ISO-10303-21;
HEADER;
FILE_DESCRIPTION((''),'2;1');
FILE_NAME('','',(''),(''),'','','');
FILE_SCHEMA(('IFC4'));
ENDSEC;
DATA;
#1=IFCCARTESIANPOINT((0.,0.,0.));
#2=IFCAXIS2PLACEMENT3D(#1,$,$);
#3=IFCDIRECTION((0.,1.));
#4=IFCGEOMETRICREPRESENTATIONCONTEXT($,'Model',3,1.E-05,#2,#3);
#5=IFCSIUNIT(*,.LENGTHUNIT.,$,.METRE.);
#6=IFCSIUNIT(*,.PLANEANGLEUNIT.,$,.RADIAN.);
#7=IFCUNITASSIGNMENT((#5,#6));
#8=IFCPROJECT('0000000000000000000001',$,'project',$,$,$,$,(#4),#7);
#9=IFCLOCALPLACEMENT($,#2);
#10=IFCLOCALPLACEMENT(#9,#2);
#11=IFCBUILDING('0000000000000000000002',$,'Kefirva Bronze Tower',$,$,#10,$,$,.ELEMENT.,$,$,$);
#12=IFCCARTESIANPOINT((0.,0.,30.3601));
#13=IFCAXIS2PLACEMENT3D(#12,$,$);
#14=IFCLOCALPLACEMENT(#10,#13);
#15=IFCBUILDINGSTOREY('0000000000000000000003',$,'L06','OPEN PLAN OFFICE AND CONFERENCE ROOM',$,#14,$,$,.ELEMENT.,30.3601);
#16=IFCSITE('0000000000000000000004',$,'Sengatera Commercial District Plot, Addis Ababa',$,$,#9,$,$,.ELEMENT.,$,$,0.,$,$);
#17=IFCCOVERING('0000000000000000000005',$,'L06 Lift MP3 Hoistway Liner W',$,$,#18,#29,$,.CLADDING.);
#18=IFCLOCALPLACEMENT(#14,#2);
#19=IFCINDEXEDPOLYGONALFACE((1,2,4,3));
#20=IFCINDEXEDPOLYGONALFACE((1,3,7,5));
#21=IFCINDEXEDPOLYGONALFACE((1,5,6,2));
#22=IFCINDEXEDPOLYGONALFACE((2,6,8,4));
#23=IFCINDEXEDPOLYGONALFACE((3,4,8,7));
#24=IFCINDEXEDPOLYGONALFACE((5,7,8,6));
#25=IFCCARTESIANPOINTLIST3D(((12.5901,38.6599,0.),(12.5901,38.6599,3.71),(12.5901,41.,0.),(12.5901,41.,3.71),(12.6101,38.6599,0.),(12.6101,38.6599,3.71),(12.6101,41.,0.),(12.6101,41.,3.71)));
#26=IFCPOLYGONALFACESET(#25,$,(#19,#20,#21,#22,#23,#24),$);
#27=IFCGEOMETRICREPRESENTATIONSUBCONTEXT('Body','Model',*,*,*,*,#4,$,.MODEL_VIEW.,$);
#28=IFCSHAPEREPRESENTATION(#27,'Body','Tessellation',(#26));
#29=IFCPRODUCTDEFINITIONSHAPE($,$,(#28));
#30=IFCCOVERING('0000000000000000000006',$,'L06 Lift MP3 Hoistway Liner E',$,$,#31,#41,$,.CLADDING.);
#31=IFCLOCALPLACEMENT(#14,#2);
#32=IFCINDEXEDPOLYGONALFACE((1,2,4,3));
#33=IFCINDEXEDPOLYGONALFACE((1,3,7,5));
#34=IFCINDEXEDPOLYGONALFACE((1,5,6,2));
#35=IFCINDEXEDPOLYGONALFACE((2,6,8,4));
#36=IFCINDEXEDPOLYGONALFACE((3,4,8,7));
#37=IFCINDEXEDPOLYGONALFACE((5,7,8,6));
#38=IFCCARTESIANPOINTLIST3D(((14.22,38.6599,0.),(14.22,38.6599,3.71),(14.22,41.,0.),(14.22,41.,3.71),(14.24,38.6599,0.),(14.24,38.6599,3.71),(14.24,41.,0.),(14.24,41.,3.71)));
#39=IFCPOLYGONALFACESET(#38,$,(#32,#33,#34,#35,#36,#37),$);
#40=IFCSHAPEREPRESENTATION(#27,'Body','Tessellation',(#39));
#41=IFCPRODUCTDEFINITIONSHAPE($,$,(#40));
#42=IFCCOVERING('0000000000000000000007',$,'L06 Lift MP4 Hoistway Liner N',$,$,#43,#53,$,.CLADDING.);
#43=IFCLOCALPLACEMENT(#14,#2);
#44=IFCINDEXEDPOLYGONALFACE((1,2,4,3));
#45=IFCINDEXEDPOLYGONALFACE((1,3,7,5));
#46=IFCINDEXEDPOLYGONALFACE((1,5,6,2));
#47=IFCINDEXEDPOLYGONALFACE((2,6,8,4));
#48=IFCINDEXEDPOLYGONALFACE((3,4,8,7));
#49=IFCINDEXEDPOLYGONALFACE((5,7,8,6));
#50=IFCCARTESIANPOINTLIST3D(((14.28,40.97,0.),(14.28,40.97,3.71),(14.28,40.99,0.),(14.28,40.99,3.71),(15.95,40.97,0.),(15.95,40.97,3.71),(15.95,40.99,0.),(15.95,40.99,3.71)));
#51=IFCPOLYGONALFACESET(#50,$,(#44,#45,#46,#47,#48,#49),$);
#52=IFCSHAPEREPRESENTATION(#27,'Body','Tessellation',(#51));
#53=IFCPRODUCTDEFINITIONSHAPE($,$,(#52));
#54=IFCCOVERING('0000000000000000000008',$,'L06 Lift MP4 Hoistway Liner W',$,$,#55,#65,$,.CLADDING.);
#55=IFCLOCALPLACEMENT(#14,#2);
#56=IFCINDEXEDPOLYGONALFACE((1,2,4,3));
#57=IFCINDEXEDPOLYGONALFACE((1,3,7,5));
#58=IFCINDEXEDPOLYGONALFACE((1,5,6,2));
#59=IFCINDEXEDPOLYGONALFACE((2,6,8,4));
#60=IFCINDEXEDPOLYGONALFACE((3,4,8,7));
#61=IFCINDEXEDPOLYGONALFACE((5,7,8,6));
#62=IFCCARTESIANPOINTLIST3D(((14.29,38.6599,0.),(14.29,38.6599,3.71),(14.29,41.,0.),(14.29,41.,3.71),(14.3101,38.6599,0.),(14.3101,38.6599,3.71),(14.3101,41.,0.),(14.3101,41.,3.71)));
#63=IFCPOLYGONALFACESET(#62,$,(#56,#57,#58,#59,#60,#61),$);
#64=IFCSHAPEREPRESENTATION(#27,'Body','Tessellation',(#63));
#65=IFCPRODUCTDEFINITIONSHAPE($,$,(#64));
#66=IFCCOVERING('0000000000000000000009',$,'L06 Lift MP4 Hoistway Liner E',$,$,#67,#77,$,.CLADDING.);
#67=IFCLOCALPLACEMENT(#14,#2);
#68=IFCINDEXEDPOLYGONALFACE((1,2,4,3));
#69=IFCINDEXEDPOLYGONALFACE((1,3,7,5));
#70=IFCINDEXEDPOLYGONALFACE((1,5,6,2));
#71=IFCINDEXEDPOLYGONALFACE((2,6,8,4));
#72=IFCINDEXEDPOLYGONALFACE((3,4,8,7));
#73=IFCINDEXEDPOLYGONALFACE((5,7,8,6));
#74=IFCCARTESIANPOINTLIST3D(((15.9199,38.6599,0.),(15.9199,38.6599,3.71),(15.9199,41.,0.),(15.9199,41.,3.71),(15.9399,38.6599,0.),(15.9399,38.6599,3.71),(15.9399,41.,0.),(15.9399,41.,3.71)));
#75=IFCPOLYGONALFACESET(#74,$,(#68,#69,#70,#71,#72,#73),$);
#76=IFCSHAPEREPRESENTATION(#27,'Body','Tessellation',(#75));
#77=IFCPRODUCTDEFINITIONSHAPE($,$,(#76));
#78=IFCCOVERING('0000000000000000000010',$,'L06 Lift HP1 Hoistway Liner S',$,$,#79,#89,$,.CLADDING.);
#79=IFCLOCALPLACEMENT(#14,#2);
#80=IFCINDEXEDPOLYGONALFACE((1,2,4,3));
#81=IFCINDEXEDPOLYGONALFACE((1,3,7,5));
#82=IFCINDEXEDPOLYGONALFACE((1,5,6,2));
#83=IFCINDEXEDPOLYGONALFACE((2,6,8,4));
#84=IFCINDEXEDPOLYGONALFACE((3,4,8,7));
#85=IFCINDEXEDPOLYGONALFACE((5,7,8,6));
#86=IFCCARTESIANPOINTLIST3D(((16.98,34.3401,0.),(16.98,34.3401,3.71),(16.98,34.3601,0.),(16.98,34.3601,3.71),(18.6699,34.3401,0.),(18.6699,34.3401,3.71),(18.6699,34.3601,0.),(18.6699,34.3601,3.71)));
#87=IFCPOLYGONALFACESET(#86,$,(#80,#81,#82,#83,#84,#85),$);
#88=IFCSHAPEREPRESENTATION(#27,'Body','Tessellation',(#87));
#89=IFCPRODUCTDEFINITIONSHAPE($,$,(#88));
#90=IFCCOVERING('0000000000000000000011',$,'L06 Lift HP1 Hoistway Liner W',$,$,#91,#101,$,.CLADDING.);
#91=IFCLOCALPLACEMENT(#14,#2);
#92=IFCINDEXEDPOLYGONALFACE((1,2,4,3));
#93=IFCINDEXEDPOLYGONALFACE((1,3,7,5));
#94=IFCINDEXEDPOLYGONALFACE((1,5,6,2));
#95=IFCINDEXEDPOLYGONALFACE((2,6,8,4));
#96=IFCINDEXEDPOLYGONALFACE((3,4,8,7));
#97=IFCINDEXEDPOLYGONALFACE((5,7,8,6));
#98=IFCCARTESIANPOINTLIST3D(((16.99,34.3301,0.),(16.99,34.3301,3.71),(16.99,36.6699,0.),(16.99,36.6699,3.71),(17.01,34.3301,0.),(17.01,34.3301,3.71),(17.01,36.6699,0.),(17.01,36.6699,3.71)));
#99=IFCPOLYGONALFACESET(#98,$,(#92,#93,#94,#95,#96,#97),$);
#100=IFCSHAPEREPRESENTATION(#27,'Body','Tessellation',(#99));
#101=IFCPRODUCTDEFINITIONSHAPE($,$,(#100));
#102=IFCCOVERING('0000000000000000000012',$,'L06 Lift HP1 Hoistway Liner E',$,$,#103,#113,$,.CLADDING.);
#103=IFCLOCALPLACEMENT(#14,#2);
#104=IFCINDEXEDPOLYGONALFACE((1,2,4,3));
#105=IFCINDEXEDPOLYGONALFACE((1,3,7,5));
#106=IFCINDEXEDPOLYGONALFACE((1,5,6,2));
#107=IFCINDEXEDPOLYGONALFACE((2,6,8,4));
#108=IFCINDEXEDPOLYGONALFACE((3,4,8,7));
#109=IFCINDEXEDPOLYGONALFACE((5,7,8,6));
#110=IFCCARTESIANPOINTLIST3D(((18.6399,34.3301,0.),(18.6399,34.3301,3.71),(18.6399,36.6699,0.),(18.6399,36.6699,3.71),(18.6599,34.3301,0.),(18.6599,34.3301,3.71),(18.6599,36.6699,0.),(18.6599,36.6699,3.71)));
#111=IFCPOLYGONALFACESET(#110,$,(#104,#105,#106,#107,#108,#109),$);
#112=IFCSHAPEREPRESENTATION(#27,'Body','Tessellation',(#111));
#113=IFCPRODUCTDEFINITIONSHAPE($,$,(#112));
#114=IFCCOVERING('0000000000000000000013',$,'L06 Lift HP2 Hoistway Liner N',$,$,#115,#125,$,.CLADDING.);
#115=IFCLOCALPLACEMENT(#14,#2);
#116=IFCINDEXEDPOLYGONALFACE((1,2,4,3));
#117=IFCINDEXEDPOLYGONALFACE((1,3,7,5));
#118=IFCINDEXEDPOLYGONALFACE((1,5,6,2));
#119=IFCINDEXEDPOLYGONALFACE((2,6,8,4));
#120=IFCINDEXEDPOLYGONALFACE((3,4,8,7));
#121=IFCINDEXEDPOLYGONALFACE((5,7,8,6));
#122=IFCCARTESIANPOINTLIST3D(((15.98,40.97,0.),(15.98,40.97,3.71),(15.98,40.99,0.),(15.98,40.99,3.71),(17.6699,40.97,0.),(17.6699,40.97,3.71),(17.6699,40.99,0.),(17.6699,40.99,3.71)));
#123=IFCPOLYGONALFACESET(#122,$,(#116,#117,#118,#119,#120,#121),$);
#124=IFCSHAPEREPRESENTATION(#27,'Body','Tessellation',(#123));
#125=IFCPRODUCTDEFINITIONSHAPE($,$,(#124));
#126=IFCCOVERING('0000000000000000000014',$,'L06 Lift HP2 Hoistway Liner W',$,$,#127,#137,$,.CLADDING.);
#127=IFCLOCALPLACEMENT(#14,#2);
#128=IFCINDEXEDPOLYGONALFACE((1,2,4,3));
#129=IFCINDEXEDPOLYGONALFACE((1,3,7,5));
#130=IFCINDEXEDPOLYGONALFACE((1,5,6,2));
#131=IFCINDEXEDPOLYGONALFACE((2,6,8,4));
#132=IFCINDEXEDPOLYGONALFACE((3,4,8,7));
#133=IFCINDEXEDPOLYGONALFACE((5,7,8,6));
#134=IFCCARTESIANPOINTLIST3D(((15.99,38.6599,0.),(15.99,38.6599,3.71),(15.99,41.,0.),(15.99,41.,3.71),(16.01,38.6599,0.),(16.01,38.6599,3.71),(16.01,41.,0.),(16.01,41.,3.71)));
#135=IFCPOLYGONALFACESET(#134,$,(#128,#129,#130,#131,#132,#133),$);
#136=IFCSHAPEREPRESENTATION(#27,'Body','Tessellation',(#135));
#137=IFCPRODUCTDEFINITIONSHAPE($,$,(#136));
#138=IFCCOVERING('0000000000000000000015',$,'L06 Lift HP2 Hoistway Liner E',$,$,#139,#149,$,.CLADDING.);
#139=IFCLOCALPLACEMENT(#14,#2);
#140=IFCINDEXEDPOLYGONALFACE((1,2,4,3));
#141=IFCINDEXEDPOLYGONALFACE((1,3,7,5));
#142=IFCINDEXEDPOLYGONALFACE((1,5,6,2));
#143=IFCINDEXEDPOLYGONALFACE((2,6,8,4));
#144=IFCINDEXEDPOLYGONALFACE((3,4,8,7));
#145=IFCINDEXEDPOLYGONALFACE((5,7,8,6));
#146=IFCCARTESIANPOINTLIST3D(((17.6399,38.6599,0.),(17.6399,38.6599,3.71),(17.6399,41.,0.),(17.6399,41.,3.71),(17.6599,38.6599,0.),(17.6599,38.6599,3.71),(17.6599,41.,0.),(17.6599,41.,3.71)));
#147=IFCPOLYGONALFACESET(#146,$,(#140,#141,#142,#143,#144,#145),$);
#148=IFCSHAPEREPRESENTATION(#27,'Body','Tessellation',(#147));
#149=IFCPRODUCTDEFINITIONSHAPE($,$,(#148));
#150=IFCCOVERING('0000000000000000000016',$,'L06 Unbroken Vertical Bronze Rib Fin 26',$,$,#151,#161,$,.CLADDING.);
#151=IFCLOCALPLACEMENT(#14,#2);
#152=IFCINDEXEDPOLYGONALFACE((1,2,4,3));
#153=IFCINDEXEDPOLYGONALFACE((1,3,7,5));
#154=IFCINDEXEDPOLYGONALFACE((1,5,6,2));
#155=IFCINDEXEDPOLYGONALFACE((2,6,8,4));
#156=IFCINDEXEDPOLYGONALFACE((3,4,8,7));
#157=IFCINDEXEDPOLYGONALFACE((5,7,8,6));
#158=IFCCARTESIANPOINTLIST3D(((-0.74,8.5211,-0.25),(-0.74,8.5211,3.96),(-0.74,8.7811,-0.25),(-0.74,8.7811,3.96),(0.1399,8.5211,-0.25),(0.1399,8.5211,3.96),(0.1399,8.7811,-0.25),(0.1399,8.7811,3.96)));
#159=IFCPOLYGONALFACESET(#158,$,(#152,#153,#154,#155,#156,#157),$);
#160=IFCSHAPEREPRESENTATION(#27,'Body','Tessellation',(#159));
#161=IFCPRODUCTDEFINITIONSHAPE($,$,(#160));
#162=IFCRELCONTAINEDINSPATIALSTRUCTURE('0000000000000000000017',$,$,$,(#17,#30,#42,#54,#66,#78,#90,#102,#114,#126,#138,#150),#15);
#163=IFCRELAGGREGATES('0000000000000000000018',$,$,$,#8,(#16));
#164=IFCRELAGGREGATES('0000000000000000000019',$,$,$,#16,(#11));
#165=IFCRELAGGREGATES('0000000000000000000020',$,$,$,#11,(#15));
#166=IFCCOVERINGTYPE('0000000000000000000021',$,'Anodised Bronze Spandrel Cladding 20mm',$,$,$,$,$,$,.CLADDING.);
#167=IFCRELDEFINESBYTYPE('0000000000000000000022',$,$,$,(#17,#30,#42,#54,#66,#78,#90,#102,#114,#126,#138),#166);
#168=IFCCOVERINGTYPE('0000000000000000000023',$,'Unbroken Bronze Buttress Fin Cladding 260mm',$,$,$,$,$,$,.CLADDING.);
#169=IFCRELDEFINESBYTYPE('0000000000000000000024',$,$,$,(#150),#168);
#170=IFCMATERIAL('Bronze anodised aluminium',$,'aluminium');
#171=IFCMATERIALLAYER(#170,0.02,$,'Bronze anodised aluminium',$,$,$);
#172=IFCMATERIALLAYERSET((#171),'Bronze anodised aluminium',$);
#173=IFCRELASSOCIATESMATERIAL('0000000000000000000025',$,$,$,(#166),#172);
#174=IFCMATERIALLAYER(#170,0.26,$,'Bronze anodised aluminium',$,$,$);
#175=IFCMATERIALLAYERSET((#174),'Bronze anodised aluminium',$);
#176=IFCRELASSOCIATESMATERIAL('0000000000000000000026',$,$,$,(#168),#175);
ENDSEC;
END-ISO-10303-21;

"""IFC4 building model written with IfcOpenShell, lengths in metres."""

from ifc_helpers import new_model, si_unit, direction, frame, origin, origin_2d, place, context, subcontext, project, spatial, polyline, rectangle, outline, extrude, material, layer, layer_set, type_object, element, save


model = new_model("IFC4")

# Units and contexts
model_context = context("Model", 3, precision=1e-05, world=origin(), true_north=direction((0.0, 1.0)))
body_context = subcontext(model_context, "Body", "Model", "MODEL_VIEW")
ifc_project = project(units=[si_unit("LENGTHUNIT", "METRE"), si_unit("PLANEANGLEUNIT", "RADIAN")], contexts=[model_context])

# Site, building, storey
site_placement = place(None, origin())
site = spatial("IfcSite", under=ifc_project, at=site_placement, Name="Sengatera Commercial District Plot, Addis Ababa", CompositionType="ELEMENT", RefElevation=0.0)
building_placement = place(site_placement, origin())
building = spatial("IfcBuilding", under=site, at=building_placement, Name="Kefirva Bronze Tower", CompositionType="ELEMENT")
storey_placement = place(building_placement, frame((0.0, 0.0, 30.3601)))
storey = spatial("IfcBuildingStorey", under=building, at=storey_placement, Name="L06", Description="OPEN PLAN OFFICE AND CONFERENCE ROOM", CompositionType="ELEMENT", Elevation=30.3601)

# Coverings
ifc_material = material(Name="Bronze anodised aluminium", Category="aluminium")
ifc_layer_1 = layer(ifc_material, 0.02, Name="Bronze anodised aluminium")
ifc_layer_set_1 = layer_set([ifc_layer_1], Name="Bronze anodised aluminium")
covering_type_1 = type_object("IfcCoveringType", Name="Anodised Bronze Spandrel Cladding 20mm", PredefinedType="CLADDING", material=ifc_layer_set_1)
covering_1_placement = place(storey_placement, origin())
element("IfcCovering", 1, at=covering_1_placement, inside=storey, type_object=covering_type_1, Name="L06 Lift MP3 Hoistway Liner W", PredefinedType="CLADDING", context=body_context, shape_type="SweptSolid", body=[
    extrude(outline(polyline([(12.5901, 38.6599), (12.6101, 38.6599), (12.6101, 41.0), (12.5901, 41.0), (12.5901, 38.6599)])), origin(), (0.0, 0.0, 1.0), 3.71),
])
covering_2_placement = place(storey_placement, origin())
element("IfcCovering", 2, at=covering_2_placement, inside=storey, type_object=covering_type_1, Name="L06 Lift MP3 Hoistway Liner E", PredefinedType="CLADDING", context=body_context, shape_type="SweptSolid", body=[
    extrude(outline(polyline([(14.22, 38.6599), (14.24, 38.6599), (14.24, 41.0), (14.22, 41.0), (14.22, 38.6599)])), origin(), (0.0, 0.0, 1.0), 3.71),
])
covering_3_placement = place(storey_placement, origin())
element("IfcCovering", 3, at=covering_3_placement, inside=storey, type_object=covering_type_1, Name="L06 Lift MP4 Hoistway Liner N", PredefinedType="CLADDING", context=body_context, shape_type="SweptSolid", body=[
    extrude(outline(polyline([(14.28, 40.97), (15.95, 40.97), (15.95, 40.99), (14.28, 40.99), (14.28, 40.97)])), origin(), (0.0, 0.0, 1.0), 3.71),
])
covering_4_placement = place(storey_placement, origin())
element("IfcCovering", 4, at=covering_4_placement, inside=storey, type_object=covering_type_1, Name="L06 Lift MP4 Hoistway Liner W", PredefinedType="CLADDING", context=body_context, shape_type="SweptSolid", body=[
    extrude(outline(polyline([(14.29, 38.6599), (14.3101, 38.6599), (14.3101, 41.0), (14.29, 41.0), (14.29, 38.6599)])), origin(), (0.0, 0.0, 1.0), 3.71),
])
covering_5_placement = place(storey_placement, origin())
element("IfcCovering", 5, at=covering_5_placement, inside=storey, type_object=covering_type_1, Name="L06 Lift MP4 Hoistway Liner E", PredefinedType="CLADDING", context=body_context, shape_type="SweptSolid", body=[
    extrude(outline(polyline([(15.9199, 38.6599), (15.9399, 38.6599), (15.9399, 41.0), (15.9199, 41.0), (15.9199, 38.6599)])), origin(), (0.0, 0.0, 1.0), 3.71),
])
covering_6_placement = place(storey_placement, origin())
element("IfcCovering", 6, at=covering_6_placement, inside=storey, type_object=covering_type_1, Name="L06 Lift HP1 Hoistway Liner S", PredefinedType="CLADDING", context=body_context, shape_type="SweptSolid", body=[
    extrude(outline(polyline([(16.98, 34.3401), (18.6699, 34.3401), (18.6699, 34.3601), (16.98, 34.3601), (16.98, 34.3401)])), origin(), (0.0, 0.0, 1.0), 3.71),
])
covering_7_placement = place(storey_placement, origin())
element("IfcCovering", 7, at=covering_7_placement, inside=storey, type_object=covering_type_1, Name="L06 Lift HP1 Hoistway Liner W", PredefinedType="CLADDING", context=body_context, shape_type="SweptSolid", body=[
    extrude(outline(polyline([(16.99, 34.3301), (17.01, 34.3301), (17.01, 36.6699), (16.99, 36.6699), (16.99, 34.3301)])), origin(), (0.0, 0.0, 1.0), 3.71),
])
covering_8_placement = place(storey_placement, origin())
element("IfcCovering", 8, at=covering_8_placement, inside=storey, type_object=covering_type_1, Name="L06 Lift HP1 Hoistway Liner E", PredefinedType="CLADDING", context=body_context, shape_type="SweptSolid", body=[
    extrude(outline(polyline([(18.6399, 34.3301), (18.6599, 34.3301), (18.6599, 36.6699), (18.6399, 36.6699), (18.6399, 34.3301)])), origin(), (0.0, 0.0, 1.0), 3.71),
])
covering_9_placement = place(storey_placement, origin())
element("IfcCovering", 9, at=covering_9_placement, inside=storey, type_object=covering_type_1, Name="L06 Lift HP2 Hoistway Liner N", PredefinedType="CLADDING", context=body_context, shape_type="SweptSolid", body=[
    extrude(outline(polyline([(15.98, 40.97), (17.6699, 40.97), (17.6699, 40.99), (15.98, 40.99), (15.98, 40.97)])), origin(), (0.0, 0.0, 1.0), 3.71),
])
covering_10_placement = place(storey_placement, origin())
element("IfcCovering", 10, at=covering_10_placement, inside=storey, type_object=covering_type_1, Name="L06 Lift HP2 Hoistway Liner W", PredefinedType="CLADDING", context=body_context, shape_type="SweptSolid", body=[
    extrude(outline(polyline([(15.99, 38.6599), (16.01, 38.6599), (16.01, 41.0), (15.99, 41.0), (15.99, 38.6599)])), origin(), (0.0, 0.0, 1.0), 3.71),
])
covering_11_placement = place(storey_placement, origin())
element("IfcCovering", 11, at=covering_11_placement, inside=storey, type_object=covering_type_1, Name="L06 Lift HP2 Hoistway Liner E", PredefinedType="CLADDING", context=body_context, shape_type="SweptSolid", body=[
    extrude(outline(polyline([(17.6399, 38.6599), (17.6599, 38.6599), (17.6599, 41.0), (17.6399, 41.0), (17.6399, 38.6599)])), origin(), (0.0, 0.0, 1.0), 3.71),
])
ifc_layer_2 = layer(ifc_material, 0.26, Name="Bronze anodised aluminium")
ifc_layer_set_2 = layer_set([ifc_layer_2], Name="Bronze anodised aluminium")
covering_type_2 = type_object("IfcCoveringType", Name="Unbroken Bronze Buttress Fin Cladding 260mm", PredefinedType="CLADDING", material=ifc_layer_set_2)
covering_12_placement = place(storey_placement, frame((-0.3, 8.6511, -0.25), z_axis=(0.0, 0.0, 1.0), x_axis=(0.0, -1.0, 0.0)))
element("IfcCovering", 12, at=covering_12_placement, inside=storey, type_object=covering_type_2, Name="L06 Unbroken Vertical Bronze Rib Fin 26", PredefinedType="CLADDING", context=body_context, shape_type="SweptSolid", body=[
    extrude(rectangle(XDim=0.26, YDim=0.8799, at=origin_2d()), origin(), (0.0, 0.0, 1.0), 4.21),
])

save(model, "model.ifc")
